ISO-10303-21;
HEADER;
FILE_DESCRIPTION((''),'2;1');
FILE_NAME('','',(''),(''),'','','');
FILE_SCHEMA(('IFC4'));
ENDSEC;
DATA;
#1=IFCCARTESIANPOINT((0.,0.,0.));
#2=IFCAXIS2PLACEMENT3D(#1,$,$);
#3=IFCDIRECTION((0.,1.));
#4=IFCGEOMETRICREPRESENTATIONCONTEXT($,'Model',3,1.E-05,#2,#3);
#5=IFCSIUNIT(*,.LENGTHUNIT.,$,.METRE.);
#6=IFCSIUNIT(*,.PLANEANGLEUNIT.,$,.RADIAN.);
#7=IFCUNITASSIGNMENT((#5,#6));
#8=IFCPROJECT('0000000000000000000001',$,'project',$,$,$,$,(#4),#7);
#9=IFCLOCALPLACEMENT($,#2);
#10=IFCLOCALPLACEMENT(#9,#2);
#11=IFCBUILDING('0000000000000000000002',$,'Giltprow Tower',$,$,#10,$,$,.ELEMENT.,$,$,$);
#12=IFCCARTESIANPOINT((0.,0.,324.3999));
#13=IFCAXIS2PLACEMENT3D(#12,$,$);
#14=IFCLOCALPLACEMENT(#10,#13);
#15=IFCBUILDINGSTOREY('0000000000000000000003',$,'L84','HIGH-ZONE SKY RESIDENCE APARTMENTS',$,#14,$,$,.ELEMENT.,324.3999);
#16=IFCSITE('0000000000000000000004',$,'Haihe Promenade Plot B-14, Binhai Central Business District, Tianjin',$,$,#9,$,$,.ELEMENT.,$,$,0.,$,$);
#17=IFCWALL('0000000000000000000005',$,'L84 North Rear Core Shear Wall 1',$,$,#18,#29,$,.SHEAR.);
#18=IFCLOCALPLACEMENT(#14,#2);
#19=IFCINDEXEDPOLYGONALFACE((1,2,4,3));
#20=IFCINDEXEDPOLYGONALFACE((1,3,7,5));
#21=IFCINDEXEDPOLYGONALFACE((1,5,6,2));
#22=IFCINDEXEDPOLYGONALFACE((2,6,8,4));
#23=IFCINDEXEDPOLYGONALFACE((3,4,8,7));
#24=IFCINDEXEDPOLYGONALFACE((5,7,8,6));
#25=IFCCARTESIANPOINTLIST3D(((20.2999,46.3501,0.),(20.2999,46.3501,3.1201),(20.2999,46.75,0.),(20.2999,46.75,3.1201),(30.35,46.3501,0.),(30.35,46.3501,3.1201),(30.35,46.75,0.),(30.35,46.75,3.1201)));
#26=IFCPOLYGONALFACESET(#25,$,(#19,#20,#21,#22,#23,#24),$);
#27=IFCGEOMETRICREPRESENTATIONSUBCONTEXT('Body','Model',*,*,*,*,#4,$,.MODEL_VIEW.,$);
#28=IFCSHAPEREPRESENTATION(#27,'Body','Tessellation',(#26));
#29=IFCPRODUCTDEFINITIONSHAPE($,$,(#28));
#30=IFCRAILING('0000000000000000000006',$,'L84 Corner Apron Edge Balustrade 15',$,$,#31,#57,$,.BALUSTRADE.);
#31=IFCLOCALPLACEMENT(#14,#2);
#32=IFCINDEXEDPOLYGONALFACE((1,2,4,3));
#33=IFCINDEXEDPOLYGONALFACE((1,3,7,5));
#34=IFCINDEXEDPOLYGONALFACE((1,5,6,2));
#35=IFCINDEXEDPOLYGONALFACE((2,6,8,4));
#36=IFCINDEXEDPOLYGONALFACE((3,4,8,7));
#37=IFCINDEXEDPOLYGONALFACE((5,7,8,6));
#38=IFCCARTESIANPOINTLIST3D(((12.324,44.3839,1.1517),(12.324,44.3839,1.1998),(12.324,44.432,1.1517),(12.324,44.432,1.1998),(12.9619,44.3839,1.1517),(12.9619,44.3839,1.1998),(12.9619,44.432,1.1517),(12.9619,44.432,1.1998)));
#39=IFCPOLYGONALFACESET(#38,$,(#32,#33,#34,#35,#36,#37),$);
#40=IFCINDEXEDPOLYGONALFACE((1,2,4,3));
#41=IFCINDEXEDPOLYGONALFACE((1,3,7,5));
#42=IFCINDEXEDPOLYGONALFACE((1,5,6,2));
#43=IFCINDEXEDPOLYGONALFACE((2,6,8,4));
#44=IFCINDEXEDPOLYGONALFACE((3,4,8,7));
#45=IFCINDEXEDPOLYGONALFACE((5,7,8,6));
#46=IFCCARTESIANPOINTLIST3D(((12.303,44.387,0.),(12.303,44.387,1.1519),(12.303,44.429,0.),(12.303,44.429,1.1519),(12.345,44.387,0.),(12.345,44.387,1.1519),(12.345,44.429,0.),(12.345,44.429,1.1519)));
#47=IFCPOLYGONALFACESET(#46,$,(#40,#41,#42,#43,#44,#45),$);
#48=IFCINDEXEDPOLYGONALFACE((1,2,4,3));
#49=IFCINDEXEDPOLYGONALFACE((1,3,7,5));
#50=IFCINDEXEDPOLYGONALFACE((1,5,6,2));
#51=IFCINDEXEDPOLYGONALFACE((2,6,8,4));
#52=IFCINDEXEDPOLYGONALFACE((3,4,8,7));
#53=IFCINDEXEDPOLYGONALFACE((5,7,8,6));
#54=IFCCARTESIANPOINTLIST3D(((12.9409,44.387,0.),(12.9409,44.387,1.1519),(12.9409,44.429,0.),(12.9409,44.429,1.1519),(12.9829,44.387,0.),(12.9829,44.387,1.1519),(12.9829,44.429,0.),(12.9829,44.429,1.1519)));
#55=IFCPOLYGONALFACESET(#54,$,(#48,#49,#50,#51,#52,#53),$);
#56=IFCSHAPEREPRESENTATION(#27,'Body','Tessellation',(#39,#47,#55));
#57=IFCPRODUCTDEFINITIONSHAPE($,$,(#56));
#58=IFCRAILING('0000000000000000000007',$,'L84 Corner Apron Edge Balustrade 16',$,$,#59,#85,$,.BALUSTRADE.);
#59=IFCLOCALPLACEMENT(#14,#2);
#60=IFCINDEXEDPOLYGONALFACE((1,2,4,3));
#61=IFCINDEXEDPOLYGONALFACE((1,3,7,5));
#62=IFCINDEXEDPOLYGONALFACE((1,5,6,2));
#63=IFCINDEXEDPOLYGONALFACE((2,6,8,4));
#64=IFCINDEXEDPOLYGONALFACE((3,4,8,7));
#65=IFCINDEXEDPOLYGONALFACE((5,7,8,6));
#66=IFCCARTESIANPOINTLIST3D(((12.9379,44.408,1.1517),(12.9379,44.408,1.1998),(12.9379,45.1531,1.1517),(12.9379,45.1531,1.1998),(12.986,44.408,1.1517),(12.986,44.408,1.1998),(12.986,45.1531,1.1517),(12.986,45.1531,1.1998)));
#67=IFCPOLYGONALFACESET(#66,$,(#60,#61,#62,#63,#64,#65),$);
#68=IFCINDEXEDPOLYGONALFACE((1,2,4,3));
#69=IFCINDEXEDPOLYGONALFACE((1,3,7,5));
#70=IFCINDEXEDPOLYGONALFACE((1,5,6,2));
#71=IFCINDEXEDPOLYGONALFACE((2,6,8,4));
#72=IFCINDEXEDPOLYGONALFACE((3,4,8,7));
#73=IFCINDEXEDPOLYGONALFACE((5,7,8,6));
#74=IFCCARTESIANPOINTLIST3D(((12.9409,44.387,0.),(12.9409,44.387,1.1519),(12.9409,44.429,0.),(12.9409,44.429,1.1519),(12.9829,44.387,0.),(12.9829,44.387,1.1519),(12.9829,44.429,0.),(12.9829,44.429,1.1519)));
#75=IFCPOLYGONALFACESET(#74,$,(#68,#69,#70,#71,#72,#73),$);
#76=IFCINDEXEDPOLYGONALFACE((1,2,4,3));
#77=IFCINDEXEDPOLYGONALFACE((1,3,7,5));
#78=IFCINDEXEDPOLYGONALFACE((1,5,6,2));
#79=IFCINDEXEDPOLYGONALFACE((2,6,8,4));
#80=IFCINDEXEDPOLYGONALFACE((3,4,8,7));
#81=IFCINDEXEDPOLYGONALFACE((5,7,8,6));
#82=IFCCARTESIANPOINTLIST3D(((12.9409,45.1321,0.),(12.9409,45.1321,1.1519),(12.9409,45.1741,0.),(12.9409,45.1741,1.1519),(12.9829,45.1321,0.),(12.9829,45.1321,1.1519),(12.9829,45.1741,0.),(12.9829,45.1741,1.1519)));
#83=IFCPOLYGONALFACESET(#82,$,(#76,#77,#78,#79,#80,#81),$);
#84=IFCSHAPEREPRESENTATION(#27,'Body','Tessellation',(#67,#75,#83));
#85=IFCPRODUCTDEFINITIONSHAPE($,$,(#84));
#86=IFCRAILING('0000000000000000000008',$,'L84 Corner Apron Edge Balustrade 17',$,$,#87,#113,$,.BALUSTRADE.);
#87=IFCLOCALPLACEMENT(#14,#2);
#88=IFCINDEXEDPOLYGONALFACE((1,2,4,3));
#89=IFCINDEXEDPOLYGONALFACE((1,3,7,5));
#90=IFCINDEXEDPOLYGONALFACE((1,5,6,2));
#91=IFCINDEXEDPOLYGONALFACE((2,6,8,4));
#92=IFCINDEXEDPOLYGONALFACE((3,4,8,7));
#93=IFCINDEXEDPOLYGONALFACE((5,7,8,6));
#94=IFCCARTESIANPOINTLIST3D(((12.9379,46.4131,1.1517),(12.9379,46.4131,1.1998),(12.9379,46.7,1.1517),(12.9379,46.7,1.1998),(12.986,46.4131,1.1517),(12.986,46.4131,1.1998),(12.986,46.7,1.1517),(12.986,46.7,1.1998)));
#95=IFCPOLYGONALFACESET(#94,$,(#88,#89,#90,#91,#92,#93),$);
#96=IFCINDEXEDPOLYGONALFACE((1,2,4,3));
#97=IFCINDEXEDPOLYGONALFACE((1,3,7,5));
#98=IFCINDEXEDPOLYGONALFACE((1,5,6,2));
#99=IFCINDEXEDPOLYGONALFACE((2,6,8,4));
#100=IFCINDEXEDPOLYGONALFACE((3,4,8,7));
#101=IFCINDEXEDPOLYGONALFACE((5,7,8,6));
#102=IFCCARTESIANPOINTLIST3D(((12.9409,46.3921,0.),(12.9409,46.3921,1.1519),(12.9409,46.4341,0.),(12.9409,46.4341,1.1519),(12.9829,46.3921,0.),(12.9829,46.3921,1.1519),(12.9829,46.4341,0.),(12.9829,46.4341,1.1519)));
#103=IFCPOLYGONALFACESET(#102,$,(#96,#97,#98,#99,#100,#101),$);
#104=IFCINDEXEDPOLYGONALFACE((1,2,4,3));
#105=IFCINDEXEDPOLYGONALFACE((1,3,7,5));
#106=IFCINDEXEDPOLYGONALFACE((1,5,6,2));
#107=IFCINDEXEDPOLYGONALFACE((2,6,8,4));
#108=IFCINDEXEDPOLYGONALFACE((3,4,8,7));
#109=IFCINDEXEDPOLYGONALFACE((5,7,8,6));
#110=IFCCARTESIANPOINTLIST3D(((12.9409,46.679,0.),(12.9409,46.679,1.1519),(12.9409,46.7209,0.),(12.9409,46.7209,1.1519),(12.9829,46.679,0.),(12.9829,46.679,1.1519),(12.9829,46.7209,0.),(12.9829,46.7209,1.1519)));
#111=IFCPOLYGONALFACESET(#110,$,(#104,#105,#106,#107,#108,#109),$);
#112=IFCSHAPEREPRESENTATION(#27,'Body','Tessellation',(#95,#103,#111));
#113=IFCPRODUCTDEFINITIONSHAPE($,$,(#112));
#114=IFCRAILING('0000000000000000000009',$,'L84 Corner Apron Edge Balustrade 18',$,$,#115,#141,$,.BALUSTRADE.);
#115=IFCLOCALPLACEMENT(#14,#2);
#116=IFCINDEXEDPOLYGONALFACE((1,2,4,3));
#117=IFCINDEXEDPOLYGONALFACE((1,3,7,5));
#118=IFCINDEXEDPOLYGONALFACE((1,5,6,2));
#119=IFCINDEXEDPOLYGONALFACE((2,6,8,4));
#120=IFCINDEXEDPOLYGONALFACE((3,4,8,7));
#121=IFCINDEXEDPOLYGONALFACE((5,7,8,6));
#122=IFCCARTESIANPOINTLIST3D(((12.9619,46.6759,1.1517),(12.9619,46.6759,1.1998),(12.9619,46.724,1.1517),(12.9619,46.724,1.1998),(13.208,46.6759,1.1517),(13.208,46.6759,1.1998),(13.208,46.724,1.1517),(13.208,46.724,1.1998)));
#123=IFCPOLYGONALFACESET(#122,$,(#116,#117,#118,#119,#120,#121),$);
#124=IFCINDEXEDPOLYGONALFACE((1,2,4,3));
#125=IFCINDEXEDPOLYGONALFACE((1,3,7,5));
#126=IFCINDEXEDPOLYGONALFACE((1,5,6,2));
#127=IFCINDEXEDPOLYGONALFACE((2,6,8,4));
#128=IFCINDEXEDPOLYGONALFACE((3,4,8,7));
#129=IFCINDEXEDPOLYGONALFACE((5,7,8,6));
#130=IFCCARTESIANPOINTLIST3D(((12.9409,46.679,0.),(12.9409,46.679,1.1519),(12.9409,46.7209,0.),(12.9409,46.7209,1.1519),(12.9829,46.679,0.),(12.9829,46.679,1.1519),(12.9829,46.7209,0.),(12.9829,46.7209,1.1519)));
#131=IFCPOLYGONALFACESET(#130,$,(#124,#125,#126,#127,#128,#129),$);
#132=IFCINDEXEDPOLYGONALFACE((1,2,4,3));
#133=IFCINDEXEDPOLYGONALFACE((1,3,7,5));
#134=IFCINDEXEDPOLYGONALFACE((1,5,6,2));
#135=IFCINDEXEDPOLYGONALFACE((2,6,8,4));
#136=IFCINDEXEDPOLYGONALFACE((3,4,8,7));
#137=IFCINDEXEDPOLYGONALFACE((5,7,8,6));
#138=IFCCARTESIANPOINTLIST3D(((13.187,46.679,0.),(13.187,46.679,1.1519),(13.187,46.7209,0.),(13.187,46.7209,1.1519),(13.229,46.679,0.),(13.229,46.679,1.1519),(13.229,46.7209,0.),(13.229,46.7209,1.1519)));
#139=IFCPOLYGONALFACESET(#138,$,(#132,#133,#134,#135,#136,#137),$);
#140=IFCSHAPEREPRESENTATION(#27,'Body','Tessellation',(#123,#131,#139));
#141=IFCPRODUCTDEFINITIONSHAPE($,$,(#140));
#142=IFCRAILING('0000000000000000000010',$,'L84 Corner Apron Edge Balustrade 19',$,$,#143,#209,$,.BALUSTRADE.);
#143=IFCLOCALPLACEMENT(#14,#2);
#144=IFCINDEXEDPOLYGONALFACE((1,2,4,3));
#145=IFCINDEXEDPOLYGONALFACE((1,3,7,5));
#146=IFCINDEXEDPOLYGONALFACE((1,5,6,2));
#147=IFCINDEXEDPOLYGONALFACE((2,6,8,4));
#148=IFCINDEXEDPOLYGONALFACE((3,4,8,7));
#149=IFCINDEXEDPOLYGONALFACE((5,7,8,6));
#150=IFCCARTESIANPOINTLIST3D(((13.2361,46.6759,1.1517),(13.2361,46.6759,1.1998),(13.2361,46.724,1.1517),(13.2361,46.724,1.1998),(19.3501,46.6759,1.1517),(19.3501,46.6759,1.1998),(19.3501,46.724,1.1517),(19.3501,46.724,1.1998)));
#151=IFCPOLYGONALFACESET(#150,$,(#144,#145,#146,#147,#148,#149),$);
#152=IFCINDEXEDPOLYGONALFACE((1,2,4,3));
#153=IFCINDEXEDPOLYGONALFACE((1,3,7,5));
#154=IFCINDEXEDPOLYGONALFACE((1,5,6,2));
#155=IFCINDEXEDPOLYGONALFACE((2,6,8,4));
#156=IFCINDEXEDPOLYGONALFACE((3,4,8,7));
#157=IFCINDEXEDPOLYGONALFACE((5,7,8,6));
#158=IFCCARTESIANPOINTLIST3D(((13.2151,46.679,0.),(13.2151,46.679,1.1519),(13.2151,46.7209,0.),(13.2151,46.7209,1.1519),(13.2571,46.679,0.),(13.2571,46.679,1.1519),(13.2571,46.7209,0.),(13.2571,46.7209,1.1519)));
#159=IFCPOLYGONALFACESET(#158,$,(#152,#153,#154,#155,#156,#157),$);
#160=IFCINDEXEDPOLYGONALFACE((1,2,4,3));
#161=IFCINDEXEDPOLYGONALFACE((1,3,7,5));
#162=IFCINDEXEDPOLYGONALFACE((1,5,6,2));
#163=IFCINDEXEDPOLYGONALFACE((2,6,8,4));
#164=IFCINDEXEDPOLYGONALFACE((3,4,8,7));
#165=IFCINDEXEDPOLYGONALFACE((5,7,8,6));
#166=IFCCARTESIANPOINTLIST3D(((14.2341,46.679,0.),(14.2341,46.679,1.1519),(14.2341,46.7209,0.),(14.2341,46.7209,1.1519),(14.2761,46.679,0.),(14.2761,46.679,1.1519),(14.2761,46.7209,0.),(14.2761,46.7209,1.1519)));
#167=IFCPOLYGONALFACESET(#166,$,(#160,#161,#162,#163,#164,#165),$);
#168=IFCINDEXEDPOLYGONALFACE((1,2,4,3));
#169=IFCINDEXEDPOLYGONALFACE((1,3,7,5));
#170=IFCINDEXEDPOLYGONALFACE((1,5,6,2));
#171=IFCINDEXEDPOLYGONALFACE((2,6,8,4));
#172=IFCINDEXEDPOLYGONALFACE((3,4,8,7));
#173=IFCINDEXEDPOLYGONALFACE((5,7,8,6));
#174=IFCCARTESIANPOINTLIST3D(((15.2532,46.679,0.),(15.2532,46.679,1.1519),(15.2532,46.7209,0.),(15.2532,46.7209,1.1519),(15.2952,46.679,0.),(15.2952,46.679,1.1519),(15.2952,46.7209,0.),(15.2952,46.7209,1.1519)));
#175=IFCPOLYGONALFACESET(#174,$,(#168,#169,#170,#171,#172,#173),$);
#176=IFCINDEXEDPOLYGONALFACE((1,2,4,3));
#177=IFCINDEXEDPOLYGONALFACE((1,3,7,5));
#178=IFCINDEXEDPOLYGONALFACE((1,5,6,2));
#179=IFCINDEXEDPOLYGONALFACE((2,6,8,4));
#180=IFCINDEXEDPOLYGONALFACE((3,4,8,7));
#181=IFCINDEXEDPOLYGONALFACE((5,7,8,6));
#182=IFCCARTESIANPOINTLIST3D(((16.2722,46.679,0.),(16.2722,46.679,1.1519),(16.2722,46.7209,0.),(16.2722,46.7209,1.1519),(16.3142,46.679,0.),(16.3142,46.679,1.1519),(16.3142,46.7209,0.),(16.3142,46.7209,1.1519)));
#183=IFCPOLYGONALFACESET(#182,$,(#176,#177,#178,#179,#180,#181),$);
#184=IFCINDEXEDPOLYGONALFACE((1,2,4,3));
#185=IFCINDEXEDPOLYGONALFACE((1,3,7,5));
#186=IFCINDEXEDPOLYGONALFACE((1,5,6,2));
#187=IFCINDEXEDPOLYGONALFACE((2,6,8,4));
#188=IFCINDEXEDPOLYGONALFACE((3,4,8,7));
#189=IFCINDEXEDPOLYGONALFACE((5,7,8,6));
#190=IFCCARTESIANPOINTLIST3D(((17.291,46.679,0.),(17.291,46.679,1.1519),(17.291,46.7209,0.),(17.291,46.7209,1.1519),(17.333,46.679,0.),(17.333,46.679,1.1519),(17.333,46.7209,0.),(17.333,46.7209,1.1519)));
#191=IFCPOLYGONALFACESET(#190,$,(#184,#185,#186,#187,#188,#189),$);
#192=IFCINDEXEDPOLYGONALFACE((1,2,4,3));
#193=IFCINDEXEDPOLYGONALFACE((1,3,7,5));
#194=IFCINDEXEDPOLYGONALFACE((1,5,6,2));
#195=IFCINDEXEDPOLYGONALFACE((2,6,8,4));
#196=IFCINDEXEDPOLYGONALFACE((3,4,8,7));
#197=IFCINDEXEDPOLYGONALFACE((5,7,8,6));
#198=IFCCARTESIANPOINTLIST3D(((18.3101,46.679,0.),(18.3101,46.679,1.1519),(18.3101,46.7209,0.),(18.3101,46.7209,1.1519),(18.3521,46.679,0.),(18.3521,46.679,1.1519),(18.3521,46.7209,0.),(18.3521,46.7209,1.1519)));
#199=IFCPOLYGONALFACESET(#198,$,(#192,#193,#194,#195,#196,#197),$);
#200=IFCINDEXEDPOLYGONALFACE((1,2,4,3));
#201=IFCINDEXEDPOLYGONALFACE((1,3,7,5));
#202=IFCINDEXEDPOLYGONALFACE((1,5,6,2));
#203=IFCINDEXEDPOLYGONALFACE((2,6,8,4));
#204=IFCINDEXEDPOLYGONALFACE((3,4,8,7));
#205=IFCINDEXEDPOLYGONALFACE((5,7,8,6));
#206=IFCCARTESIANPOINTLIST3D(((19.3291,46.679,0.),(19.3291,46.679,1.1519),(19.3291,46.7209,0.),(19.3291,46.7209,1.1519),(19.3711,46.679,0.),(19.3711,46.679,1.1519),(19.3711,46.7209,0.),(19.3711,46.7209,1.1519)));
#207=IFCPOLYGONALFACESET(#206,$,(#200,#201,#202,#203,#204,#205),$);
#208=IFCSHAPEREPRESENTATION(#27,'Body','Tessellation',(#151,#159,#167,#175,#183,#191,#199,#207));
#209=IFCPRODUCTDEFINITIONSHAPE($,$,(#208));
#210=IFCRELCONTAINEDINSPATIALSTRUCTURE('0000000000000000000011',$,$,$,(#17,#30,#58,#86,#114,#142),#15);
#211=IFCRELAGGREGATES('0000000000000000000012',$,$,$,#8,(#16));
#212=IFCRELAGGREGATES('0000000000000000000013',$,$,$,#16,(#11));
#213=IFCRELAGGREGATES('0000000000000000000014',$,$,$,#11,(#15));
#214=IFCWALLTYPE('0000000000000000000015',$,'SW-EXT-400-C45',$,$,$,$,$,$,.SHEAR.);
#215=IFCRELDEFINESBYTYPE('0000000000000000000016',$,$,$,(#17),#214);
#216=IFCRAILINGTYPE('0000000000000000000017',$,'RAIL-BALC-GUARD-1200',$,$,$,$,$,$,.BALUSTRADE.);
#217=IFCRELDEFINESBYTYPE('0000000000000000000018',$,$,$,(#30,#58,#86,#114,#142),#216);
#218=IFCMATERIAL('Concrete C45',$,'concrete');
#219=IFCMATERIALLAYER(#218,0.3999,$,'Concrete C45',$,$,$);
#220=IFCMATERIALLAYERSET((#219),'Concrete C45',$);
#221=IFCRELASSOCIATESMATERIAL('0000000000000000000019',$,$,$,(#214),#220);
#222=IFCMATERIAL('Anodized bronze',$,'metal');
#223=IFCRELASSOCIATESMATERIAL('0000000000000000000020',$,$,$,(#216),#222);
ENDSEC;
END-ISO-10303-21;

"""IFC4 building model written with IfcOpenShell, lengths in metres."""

from ifc_helpers import new_model, si_unit, direction, frame, frame_2d, origin, origin_2d, place, context, subcontext, project, spatial, rectangle, extrude, material, layer, layer_set, type_object, element, save


model = new_model("IFC4")

# Units and contexts
model_context = context("Model", 3, precision=1e-05, world=origin(), true_north=direction((0.0, 1.0)))
body_context = subcontext(model_context, "Body", "Model", "MODEL_VIEW")
ifc_project = project(units=[si_unit("LENGTHUNIT", "METRE"), si_unit("PLANEANGLEUNIT", "RADIAN")], contexts=[model_context])

# Site, building, storey
site_placement = place(None, origin())
site = spatial("IfcSite", under=ifc_project, at=site_placement, Name="Haihe Promenade Plot B-14, Binhai Central Business District, Tianjin", CompositionType="ELEMENT", RefElevation=0.0)
building_placement = place(site_placement, origin())
building = spatial("IfcBuilding", under=site, at=building_placement, Name="Giltprow Tower", CompositionType="ELEMENT")
storey_placement = place(building_placement, frame((0.0, 0.0, 324.3999)))
storey = spatial("IfcBuildingStorey", under=building, at=storey_placement, Name="L84", Description="HIGH-ZONE SKY RESIDENCE APARTMENTS", CompositionType="ELEMENT", Elevation=324.3999)

# Shared definitions
ifc_material_1 = material(Name="Concrete C45", Category="concrete")

# Wall
ifc_layer_1 = layer(ifc_material_1, 0.3999, Name="Concrete C45")
ifc_layer_set_1 = layer_set([ifc_layer_1], Name="Concrete C45")
wall_type_1 = type_object("IfcWallType", Name="SW-EXT-400-C45", PredefinedType="SHEAR", material=ifc_layer_set_1)
wall_1_placement = place(storey_placement, frame((20.3, 46.55, 0.0), z_axis=(0.0, 0.0, 1.0), x_axis=(1.0, 0.0, 0.0)))
element("IfcWall", 1, at=wall_1_placement, inside=storey, type_object=wall_type_1, Name="L84 North Rear Core Shear Wall 1", PredefinedType="SHEAR", context=body_context, shape_type="SweptSolid", body=[
    extrude(rectangle(XDim=10.05, YDim=0.3999, at=frame_2d((5.0249, 0.0))), origin(), (0.0, 0.0, 1.0), 3.1201),
])

# Railings
ifc_material_2 = material(Name="Anodized bronze", Category="metal")
railing_type = type_object("IfcRailingType", Name="RAIL-BALC-GUARD-1200", PredefinedType="BALUSTRADE", material=ifc_material_2)
railing_1_placement = place(storey_placement, frame((12.324, 44.408, 0.0)))
element("IfcRailing", 2, at=railing_1_placement, inside=storey, type_object=railing_type, Name="L84 Corner Apron Edge Balustrade 15", PredefinedType="BALUSTRADE", context=body_context, shape_type="SweptSolid", body=[
    extrude(rectangle(XDim=0.0481, YDim=0.0481, at=origin_2d()), frame((0.0, 0.0, 1.1758), z_axis=(1.0, 0.0, 0.0), x_axis=(0.0, 1.0, 0.0)), (0.0, 0.0, 1.0), 0.6379),
    extrude(rectangle(XDim=0.042, YDim=0.042, at=origin_2d()), origin(), (0.0, 0.0, 1.0), 1.1519),
    extrude(rectangle(XDim=0.042, YDim=0.042, at=origin_2d()), frame((0.6379, 0.0, 0.0)), (0.0, 0.0, 1.0), 1.1519),
])
railing_2_placement = place(storey_placement, frame((12.9619, 44.408, 0.0)))
element("IfcRailing", 3, at=railing_2_placement, inside=storey, type_object=railing_type, Name="L84 Corner Apron Edge Balustrade 16", PredefinedType="BALUSTRADE", context=body_context, shape_type="SweptSolid", body=[
    extrude(rectangle(XDim=0.0481, YDim=0.0481, at=origin_2d()), frame((0.0, 0.0, 1.1758), z_axis=(0.0, 1.0, 0.0), x_axis=(-1.0, 0.0, 0.0)), (0.0, 0.0, 1.0), 0.7451),
    extrude(rectangle(XDim=0.042, YDim=0.042, at=origin_2d()), origin(), (0.0, 0.0, 1.0), 1.1519),
    extrude(rectangle(XDim=0.042, YDim=0.042, at=origin_2d()), frame((0.0, 0.7451, 0.0)), (0.0, 0.0, 1.0), 1.1519),
])
railing_3_placement = place(storey_placement, frame((12.9619, 46.4131, 0.0)))
element("IfcRailing", 4, at=railing_3_placement, inside=storey, type_object=railing_type, Name="L84 Corner Apron Edge Balustrade 17", PredefinedType="BALUSTRADE", context=body_context, shape_type="SweptSolid", body=[
    extrude(rectangle(XDim=0.0481, YDim=0.0481, at=origin_2d()), frame((0.0, 0.0, 1.1758), z_axis=(0.0, 1.0, 0.0), x_axis=(-1.0, 0.0, 0.0)), (0.0, 0.0, 1.0), 0.2869),
    extrude(rectangle(XDim=0.042, YDim=0.042, at=origin_2d()), origin(), (0.0, 0.0, 1.0), 1.1519),
    extrude(rectangle(XDim=0.042, YDim=0.042, at=origin_2d()), frame((0.0, 0.2869, 0.0)), (0.0, 0.0, 1.0), 1.1519),
])
railing_4_placement = place(storey_placement, frame((12.9619, 46.7, 0.0)))
element("IfcRailing", 5, at=railing_4_placement, inside=storey, type_object=railing_type, Name="L84 Corner Apron Edge Balustrade 18", PredefinedType="BALUSTRADE", context=body_context, shape_type="SweptSolid", body=[
    extrude(rectangle(XDim=0.0481, YDim=0.0481, at=origin_2d()), frame((0.0, 0.0, 1.1758), z_axis=(1.0, 0.0, 0.0), x_axis=(0.0, 1.0, 0.0)), (0.0, 0.0, 1.0), 0.2461),
    extrude(rectangle(XDim=0.042, YDim=0.042, at=origin_2d()), origin(), (0.0, 0.0, 1.0), 1.1519),
    extrude(rectangle(XDim=0.042, YDim=0.042, at=origin_2d()), frame((0.2461, 0.0, 0.0)), (0.0, 0.0, 1.0), 1.1519),
])
railing_5_placement = place(storey_placement, frame((13.2361, 46.7, 0.0)))
element("IfcRailing", 6, at=railing_5_placement, inside=storey, type_object=railing_type, Name="L84 Corner Apron Edge Balustrade 19", PredefinedType="BALUSTRADE", context=body_context, shape_type="SweptSolid", body=[
    extrude(rectangle(XDim=0.0481, YDim=0.0481, at=origin_2d()), frame((0.0, 0.0, 1.1758), z_axis=(1.0, 0.0, 0.0), x_axis=(0.0, 1.0, 0.0)), (0.0, 0.0, 1.0), 6.114),
    extrude(rectangle(XDim=0.042, YDim=0.042, at=origin_2d()), origin(), (0.0, 0.0, 1.0), 1.1519),
    extrude(rectangle(XDim=0.042, YDim=0.042, at=origin_2d()), frame((1.019, 0.0, 0.0)), (0.0, 0.0, 1.0), 1.1519),
    extrude(rectangle(XDim=0.042, YDim=0.042, at=origin_2d()), frame((2.0381, 0.0, 0.0)), (0.0, 0.0, 1.0), 1.1519),
    extrude(rectangle(XDim=0.042, YDim=0.042, at=origin_2d()), frame((3.0571, 0.0, 0.0)), (0.0, 0.0, 1.0), 1.1519),
    extrude(rectangle(XDim=0.042, YDim=0.042, at=origin_2d()), frame((4.0759, 0.0, 0.0)), (0.0, 0.0, 1.0), 1.1519),
    extrude(rectangle(XDim=0.042, YDim=0.042, at=origin_2d()), frame((5.095, 0.0, 0.0)), (0.0, 0.0, 1.0), 1.1519),
    extrude(rectangle(XDim=0.042, YDim=0.042, at=origin_2d()), frame((6.114, 0.0, 0.0)), (0.0, 0.0, 1.0), 1.1519),
])

save(model, "model.ifc")
